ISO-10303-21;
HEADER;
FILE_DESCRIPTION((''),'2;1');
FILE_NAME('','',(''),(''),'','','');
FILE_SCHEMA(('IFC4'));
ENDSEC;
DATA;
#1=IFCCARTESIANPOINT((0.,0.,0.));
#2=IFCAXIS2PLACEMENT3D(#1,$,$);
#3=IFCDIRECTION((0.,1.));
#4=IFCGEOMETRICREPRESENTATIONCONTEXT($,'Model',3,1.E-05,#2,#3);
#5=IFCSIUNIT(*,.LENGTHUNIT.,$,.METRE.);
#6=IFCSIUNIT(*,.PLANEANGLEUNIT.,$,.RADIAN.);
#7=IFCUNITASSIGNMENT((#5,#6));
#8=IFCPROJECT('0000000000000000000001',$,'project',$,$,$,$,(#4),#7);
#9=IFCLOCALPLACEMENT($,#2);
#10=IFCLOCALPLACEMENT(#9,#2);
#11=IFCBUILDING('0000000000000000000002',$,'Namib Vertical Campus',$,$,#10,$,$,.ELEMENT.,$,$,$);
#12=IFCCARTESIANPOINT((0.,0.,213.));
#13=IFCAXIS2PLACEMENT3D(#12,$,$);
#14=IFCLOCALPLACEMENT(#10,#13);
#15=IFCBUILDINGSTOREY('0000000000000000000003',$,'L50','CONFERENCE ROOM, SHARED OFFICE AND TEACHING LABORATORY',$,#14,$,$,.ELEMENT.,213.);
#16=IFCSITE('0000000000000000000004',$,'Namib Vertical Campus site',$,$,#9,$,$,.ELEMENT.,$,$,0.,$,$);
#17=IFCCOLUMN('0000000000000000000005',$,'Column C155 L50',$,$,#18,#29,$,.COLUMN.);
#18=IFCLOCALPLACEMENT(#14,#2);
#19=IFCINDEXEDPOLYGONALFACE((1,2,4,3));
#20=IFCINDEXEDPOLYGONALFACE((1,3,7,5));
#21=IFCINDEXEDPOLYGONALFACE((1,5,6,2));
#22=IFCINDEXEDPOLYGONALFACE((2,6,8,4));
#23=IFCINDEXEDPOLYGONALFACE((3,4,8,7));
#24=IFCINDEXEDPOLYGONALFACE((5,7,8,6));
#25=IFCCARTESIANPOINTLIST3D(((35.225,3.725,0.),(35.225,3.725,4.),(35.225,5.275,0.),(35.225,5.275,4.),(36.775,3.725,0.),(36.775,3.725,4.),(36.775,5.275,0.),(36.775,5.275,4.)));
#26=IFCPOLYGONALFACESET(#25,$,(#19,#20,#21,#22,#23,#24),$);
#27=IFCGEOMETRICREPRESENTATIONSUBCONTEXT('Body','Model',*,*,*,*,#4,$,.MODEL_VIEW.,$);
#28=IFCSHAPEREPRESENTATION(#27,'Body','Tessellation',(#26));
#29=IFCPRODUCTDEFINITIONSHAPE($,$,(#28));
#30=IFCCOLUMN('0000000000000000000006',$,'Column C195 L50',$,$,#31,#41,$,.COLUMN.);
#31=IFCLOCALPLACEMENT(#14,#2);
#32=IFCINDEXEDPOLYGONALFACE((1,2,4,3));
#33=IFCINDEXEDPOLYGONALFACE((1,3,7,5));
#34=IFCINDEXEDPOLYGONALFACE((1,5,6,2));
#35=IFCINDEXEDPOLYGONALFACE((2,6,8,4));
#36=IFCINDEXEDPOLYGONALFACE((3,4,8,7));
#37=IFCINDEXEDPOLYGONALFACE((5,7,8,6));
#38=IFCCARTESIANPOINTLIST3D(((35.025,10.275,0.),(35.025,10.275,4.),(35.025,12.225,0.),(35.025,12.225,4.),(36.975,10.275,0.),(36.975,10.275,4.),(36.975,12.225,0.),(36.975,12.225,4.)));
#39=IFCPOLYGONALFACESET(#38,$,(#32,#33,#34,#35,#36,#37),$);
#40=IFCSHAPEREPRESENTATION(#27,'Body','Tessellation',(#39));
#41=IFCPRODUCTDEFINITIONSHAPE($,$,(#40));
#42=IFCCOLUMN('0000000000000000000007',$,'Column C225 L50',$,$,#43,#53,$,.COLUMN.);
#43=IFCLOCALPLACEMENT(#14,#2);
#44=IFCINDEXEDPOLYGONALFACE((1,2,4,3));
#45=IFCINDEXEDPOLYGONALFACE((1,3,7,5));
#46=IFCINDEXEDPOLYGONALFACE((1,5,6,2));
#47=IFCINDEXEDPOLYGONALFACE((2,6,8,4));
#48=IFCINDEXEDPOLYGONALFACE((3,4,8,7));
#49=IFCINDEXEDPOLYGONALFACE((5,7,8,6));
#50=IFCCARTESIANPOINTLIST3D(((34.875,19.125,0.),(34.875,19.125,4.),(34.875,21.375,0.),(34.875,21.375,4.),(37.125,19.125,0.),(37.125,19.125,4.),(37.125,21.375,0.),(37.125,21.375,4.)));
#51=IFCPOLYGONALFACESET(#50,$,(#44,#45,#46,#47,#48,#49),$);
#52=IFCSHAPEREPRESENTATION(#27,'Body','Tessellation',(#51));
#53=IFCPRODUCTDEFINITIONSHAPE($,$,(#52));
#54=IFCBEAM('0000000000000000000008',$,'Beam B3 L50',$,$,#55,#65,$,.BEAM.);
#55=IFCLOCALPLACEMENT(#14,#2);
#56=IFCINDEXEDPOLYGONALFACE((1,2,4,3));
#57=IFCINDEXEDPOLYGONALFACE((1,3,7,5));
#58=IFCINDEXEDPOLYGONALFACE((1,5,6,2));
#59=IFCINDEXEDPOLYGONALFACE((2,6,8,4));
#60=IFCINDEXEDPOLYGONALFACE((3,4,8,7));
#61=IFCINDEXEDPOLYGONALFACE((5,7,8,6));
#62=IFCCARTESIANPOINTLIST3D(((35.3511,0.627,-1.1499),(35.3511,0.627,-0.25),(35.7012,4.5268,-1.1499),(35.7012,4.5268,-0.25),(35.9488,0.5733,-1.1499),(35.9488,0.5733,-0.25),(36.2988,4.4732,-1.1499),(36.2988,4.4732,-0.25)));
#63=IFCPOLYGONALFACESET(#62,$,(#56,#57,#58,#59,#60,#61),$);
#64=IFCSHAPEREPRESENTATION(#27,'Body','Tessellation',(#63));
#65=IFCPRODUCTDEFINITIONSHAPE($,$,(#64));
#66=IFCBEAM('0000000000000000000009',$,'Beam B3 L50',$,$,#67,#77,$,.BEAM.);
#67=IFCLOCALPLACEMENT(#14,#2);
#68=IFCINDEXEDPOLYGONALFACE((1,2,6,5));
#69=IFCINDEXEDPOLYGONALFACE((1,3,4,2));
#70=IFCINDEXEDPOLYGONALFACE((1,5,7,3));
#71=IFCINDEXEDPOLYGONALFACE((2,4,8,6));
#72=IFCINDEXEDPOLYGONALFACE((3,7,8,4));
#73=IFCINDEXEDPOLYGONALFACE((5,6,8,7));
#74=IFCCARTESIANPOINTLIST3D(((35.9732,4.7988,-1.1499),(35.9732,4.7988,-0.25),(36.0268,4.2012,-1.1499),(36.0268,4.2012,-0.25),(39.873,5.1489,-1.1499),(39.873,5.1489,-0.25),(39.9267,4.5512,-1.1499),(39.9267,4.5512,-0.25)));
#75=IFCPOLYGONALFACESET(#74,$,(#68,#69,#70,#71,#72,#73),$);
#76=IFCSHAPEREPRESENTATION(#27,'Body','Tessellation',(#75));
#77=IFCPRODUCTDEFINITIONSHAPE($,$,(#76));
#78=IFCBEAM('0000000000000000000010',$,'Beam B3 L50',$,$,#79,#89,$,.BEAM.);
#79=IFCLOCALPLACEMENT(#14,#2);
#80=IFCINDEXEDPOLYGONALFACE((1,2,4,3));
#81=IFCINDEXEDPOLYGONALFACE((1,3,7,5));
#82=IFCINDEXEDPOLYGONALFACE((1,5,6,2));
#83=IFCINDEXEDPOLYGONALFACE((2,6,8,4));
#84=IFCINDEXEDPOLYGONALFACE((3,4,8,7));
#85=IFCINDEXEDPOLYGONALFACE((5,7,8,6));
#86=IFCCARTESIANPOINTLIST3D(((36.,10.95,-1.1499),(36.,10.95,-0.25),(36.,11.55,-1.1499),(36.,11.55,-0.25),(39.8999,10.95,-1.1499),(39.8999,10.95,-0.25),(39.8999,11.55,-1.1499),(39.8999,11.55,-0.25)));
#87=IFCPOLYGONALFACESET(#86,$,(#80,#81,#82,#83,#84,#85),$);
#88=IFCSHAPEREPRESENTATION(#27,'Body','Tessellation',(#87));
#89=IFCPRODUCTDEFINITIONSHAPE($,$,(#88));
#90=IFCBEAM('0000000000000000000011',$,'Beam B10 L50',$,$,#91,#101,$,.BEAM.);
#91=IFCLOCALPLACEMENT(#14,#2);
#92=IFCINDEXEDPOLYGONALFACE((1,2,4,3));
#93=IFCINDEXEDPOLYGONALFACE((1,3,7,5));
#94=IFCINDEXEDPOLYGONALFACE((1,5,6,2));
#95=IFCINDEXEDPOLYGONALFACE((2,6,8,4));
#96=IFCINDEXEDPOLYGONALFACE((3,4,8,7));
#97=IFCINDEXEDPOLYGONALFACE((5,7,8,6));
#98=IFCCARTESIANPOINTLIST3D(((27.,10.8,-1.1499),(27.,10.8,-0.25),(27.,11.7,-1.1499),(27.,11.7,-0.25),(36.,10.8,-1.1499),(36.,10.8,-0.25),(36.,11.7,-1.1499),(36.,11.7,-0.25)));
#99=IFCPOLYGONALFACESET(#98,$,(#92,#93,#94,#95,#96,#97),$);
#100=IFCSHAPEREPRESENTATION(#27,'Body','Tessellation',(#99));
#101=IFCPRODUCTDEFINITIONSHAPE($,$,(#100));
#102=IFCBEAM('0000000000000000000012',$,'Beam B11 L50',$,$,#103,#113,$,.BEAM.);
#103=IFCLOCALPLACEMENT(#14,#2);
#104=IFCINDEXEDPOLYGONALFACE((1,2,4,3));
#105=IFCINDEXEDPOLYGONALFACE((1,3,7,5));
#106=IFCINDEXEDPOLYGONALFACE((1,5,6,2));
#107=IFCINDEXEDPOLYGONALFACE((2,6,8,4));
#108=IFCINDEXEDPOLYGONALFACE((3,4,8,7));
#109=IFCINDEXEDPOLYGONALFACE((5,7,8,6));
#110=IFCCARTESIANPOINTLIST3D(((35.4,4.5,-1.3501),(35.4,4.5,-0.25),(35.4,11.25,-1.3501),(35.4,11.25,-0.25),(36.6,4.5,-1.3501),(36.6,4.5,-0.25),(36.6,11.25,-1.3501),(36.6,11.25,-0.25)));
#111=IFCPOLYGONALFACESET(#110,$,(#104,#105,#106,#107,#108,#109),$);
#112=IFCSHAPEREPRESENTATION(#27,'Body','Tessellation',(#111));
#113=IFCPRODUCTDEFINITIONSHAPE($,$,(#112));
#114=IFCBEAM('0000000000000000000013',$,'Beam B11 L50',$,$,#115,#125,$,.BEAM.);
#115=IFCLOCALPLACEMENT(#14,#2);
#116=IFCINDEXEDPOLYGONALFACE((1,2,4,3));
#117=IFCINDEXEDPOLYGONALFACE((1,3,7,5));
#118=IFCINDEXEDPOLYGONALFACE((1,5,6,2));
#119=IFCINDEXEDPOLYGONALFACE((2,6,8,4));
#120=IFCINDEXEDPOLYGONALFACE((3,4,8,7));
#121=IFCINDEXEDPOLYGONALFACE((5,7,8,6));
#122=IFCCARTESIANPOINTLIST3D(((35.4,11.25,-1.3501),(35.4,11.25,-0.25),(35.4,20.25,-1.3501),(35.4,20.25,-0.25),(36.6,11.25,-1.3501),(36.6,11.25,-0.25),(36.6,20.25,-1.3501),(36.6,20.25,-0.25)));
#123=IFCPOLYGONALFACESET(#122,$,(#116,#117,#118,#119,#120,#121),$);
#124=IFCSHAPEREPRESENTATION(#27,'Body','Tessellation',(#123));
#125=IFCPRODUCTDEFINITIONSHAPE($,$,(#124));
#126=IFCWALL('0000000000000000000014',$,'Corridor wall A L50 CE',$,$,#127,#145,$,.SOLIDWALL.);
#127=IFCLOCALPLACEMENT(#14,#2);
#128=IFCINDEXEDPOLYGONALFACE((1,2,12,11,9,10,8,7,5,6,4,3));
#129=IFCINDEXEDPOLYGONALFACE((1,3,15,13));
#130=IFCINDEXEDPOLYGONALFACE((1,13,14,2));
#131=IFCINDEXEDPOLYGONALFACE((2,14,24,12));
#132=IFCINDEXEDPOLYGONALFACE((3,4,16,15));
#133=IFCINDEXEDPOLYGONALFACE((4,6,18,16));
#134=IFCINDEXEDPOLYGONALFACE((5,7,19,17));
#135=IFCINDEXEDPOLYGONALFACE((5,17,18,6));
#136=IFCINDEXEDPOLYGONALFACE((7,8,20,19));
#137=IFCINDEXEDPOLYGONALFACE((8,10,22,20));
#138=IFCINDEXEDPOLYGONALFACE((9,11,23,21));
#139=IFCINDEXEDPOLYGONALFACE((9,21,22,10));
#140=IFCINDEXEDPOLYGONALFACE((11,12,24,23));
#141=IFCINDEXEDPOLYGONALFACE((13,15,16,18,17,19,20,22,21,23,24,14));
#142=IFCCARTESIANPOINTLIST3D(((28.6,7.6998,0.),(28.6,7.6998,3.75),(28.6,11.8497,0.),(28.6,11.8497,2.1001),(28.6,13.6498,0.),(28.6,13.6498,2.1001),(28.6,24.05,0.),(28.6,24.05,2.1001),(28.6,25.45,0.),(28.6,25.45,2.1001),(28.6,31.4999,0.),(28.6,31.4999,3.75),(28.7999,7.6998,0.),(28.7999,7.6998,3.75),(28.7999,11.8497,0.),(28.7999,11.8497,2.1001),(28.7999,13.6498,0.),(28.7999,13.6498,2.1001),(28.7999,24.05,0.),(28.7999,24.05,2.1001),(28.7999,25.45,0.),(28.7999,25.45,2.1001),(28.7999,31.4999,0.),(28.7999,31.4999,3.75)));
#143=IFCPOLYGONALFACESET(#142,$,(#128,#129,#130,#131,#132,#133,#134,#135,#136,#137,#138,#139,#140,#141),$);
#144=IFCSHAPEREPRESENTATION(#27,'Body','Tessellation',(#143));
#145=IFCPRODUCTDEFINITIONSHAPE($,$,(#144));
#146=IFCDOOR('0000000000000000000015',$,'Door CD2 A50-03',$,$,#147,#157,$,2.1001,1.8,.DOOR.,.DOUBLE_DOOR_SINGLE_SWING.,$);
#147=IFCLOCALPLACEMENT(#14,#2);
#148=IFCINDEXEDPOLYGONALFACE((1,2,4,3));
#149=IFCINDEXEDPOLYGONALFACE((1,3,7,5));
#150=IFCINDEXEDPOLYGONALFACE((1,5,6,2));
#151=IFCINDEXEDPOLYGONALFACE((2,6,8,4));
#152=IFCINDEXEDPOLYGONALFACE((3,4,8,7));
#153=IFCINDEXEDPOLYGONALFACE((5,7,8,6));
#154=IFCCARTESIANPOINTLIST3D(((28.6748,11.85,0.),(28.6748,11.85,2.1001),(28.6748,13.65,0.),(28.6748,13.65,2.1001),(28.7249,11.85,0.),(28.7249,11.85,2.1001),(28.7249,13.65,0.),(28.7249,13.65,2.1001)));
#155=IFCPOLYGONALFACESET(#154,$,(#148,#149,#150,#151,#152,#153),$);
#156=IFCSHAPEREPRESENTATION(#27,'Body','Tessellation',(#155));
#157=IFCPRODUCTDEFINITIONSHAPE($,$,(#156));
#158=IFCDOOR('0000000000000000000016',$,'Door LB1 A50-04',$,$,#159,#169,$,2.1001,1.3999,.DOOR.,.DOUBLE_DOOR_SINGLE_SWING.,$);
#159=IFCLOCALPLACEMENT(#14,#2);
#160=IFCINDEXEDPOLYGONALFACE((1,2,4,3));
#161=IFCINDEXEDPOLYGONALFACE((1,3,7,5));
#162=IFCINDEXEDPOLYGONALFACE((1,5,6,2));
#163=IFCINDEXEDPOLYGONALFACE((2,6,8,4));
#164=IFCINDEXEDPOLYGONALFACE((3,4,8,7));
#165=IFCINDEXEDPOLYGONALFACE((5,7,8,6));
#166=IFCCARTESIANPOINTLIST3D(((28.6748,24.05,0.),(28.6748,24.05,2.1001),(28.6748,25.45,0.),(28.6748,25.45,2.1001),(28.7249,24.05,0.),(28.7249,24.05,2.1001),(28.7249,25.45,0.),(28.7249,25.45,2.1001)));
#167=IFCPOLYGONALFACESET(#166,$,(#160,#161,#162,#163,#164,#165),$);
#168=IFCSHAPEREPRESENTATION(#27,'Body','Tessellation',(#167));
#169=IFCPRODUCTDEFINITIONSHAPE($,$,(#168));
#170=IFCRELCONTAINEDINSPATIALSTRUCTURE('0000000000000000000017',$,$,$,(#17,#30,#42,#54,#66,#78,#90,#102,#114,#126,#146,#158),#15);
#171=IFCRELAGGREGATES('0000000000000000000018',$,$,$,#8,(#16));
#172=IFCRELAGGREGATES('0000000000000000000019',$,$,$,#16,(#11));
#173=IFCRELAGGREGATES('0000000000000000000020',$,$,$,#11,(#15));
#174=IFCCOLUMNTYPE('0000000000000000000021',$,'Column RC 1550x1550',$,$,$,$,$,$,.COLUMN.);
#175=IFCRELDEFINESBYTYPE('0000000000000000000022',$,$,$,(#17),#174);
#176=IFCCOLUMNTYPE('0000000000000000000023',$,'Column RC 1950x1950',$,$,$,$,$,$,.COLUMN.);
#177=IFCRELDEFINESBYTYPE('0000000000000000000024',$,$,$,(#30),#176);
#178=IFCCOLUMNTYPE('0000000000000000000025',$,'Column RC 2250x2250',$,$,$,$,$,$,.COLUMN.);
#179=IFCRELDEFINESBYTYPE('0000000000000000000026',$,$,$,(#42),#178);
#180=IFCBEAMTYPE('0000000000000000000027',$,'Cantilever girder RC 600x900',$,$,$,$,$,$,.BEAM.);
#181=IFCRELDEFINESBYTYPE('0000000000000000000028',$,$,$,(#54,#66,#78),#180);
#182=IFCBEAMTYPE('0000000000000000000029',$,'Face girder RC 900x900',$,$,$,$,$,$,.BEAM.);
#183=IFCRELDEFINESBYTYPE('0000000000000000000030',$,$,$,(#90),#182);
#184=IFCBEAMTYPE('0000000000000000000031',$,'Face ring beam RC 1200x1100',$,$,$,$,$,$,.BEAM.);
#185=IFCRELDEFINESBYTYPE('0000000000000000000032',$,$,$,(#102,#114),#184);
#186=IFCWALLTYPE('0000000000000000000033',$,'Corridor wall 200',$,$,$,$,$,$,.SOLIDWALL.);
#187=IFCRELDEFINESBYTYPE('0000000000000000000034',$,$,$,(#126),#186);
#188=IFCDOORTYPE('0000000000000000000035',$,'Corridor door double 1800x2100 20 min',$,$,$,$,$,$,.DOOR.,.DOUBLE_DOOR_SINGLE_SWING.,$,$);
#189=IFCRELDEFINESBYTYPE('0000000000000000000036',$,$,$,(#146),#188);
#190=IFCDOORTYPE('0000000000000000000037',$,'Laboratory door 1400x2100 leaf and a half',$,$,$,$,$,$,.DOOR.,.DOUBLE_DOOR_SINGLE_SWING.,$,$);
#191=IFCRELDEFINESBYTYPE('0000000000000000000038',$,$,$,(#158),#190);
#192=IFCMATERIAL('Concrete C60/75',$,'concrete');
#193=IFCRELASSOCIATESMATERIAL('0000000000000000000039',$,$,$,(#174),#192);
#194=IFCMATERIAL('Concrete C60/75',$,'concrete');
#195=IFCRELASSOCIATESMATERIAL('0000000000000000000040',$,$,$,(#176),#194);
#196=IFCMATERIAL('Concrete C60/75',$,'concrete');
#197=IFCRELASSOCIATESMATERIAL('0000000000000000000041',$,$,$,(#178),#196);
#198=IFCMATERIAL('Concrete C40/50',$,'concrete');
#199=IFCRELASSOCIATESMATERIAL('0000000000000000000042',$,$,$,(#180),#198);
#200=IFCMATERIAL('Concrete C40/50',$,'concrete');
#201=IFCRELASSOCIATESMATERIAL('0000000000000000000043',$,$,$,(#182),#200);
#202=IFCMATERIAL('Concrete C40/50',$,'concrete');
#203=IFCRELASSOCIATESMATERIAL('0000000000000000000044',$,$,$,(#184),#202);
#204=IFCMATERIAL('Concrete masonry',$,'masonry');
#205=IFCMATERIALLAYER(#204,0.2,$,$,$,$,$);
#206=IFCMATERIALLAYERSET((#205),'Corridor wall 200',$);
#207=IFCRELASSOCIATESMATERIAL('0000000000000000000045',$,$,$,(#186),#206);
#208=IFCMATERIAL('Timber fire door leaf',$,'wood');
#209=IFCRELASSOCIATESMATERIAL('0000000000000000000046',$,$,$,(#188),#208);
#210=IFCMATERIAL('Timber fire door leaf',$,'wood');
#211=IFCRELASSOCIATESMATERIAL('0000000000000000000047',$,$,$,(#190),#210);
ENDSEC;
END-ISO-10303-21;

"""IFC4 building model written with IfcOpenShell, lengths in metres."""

from ifc_helpers import new_model, si_unit, direction, frame, frame_2d, origin, origin_2d, place, context, subcontext, project, spatial, rectangle, extrude, material, layer, layer_set, material_profile, profile_set, type_object, element, fill, save


model = new_model("IFC4")

# Units and contexts
model_context = context("Model", 3, precision=1e-05, world=origin(), true_north=direction((0.0, 1.0)))
body_context = subcontext(model_context, "Body", "Model", "MODEL_VIEW")
ifc_project = project(units=[si_unit("LENGTHUNIT", "METRE"), si_unit("PLANEANGLEUNIT", "RADIAN")], contexts=[model_context])

# Site, building, storey
site_placement = place(None, origin())
site = spatial("IfcSite", under=ifc_project, at=site_placement, Name="Namib Vertical Campus site", CompositionType="ELEMENT", RefElevation=0.0)
building_placement = place(site_placement, origin())
building = spatial("IfcBuilding", under=site, at=building_placement, Name="Namib Vertical Campus", CompositionType="ELEMENT")
storey_placement = place(building_placement, frame((0.0, 0.0, 213.0)))
storey = spatial("IfcBuildingStorey", under=building, at=storey_placement, Name="L50", Description="CONFERENCE ROOM, SHARED OFFICE AND TEACHING LABORATORY", CompositionType="ELEMENT", Elevation=213.0)

# Columns
ifc_material_1 = material(Name="Concrete C60/75", Category="concrete")
ifc_material_profile_1 = material_profile(ifc_material_1, rectangle(XDim=1.55, YDim=1.55, at=origin_2d()))
ifc_profile_set_1 = profile_set([ifc_material_profile_1], Name="Concrete C60/75")
column_type_1 = type_object("IfcColumnType", Name="Column RC 1550x1550", PredefinedType="COLUMN", material=ifc_profile_set_1)
column_1_placement = place(storey_placement, frame((36.0, 4.5, 0.0), z_axis=(0.0, 0.0, 1.0), x_axis=(1.0, 0.0, 0.0)))
element("IfcColumn", 1, at=column_1_placement, inside=storey, type_object=column_type_1, Name="Column C155 L50", PredefinedType="COLUMN", context=body_context, shape_type="SweptSolid", body=[
    extrude(rectangle(XDim=1.55, YDim=1.55, at=origin_2d()), origin(), (0.0, 0.0, 1.0), 4.0),
])
ifc_material_2 = material(Name="Concrete C60/75", Category="concrete")
ifc_material_profile_2 = material_profile(ifc_material_2, rectangle(XDim=1.95, YDim=1.95, at=origin_2d()))
ifc_profile_set_2 = profile_set([ifc_material_profile_2], Name="Concrete C60/75")
column_type_2 = type_object("IfcColumnType", Name="Column RC 1950x1950", PredefinedType="COLUMN", material=ifc_profile_set_2)
column_2_placement = place(storey_placement, frame((36.0, 11.25, 0.0), z_axis=(0.0, 0.0, 1.0), x_axis=(1.0, 0.0, 0.0)))
element("IfcColumn", 2, at=column_2_placement, inside=storey, type_object=column_type_2, Name="Column C195 L50", PredefinedType="COLUMN", context=body_context, shape_type="SweptSolid", body=[
    extrude(rectangle(XDim=1.95, YDim=1.95, at=origin_2d()), origin(), (0.0, 0.0, 1.0), 4.0),
])
ifc_material_3 = material(Name="Concrete C60/75", Category="concrete")
ifc_material_profile_3 = material_profile(ifc_material_3, rectangle(XDim=2.25, YDim=2.25, at=origin_2d()))
ifc_profile_set_3 = profile_set([ifc_material_profile_3], Name="Concrete C60/75")
column_type_3 = type_object("IfcColumnType", Name="Column RC 2250x2250", PredefinedType="COLUMN", material=ifc_profile_set_3)
column_3_placement = place(storey_placement, frame((36.0, 20.25, 0.0), z_axis=(0.0, 0.0, 1.0), x_axis=(1.0, 0.0, 0.0)))
element("IfcColumn", 3, at=column_3_placement, inside=storey, type_object=column_type_3, Name="Column C225 L50", PredefinedType="COLUMN", context=body_context, shape_type="SweptSolid", body=[
    extrude(rectangle(XDim=2.25, YDim=2.25, at=origin_2d()), origin(), (0.0, 0.0, 1.0), 4.0),
])

# Beams
ifc_material_4 = material(Name="Concrete C40/50", Category="concrete")
ifc_material_profile_4 = material_profile(ifc_material_4, rectangle(XDim=0.6001, YDim=0.8999, at=origin_2d()))
ifc_profile_set_4 = profile_set([ifc_material_profile_4], Name="Concrete C40/50")
beam_type_1 = type_object("IfcBeamType", Name="Cantilever girder RC 600x900", PredefinedType="BEAM", material=ifc_profile_set_4)
for number, where, z_axis, x_axis, name in (
    (4, (36.0, 4.5, -0.7), (-0.089411, -0.995995, 0.0), (0.995995, -0.089411, 0.0), "Beam B3 L50"),
    (5, (36.0, 4.5, -0.7), (0.995995, 0.089411, 0.0), (-0.089411, 0.995995, 0.0), "Beam B3 L50"),
):
    element("IfcBeam", number, at=place(storey_placement, frame(where, z_axis=z_axis, x_axis=x_axis)), inside=storey, type_object=beam_type_1, Name=name, PredefinedType="BEAM", context=body_context, shape_type="SweptSolid", body=[
        extrude(rectangle(XDim=0.6001, YDim=0.8999, at=origin_2d()), origin(), (0.0, 0.0, 1.0), 3.9155),
    ])
beam_1_placement = place(storey_placement, frame((36.0, 11.25, -0.7), z_axis=(1.0, 0.0, 0.0), x_axis=(0.0, 1.0, 0.0)))
element("IfcBeam", 6, at=beam_1_placement, inside=storey, type_object=beam_type_1, Name="Beam B3 L50", PredefinedType="BEAM", context=body_context, shape_type="SweptSolid", body=[
    extrude(rectangle(XDim=0.6001, YDim=0.8999, at=origin_2d()), origin(), (0.0, 0.0, 1.0), 3.8999),
])
ifc_material_5 = material(Name="Concrete C40/50", Category="concrete")
ifc_material_profile_5 = material_profile(ifc_material_5, rectangle(XDim=0.8999, YDim=0.8999, at=origin_2d()))
ifc_profile_set_5 = profile_set([ifc_material_profile_5], Name="Concrete C40/50")
beam_type_2 = type_object("IfcBeamType", Name="Face girder RC 900x900", PredefinedType="BEAM", material=ifc_profile_set_5)
beam_2_placement = place(storey_placement, frame((36.0, 11.25, -0.7), z_axis=(-1.0, 0.0, 0.0), x_axis=(0.0, -1.0, 0.0)))
element("IfcBeam", 7, at=beam_2_placement, inside=storey, type_object=beam_type_2, Name="Beam B10 L50", PredefinedType="BEAM", context=body_context, shape_type="SweptSolid", body=[
    extrude(rectangle(XDim=0.8999, YDim=0.8999, at=origin_2d()), origin(), (0.0, 0.0, 1.0), 9.0),
])
ifc_material_6 = material(Name="Concrete C40/50", Category="concrete")
ifc_material_profile_6 = material_profile(ifc_material_6, rectangle(XDim=1.2, YDim=1.1001, at=origin_2d()))
ifc_profile_set_6 = profile_set([ifc_material_profile_6], Name="Concrete C40/50")
beam_type_3 = type_object("IfcBeamType", Name="Face ring beam RC 1200x1100", PredefinedType="BEAM", material=ifc_profile_set_6)
beam_3_placement = place(storey_placement, frame((36.0, 4.5, -0.8), z_axis=(0.0, 1.0, 0.0), x_axis=(-1.0, 0.0, 0.0)))
element("IfcBeam", 8, at=beam_3_placement, inside=storey, type_object=beam_type_3, Name="Beam B11 L50", PredefinedType="BEAM", context=body_context, shape_type="SweptSolid", body=[
    extrude(rectangle(XDim=1.2, YDim=1.1001, at=origin_2d()), origin(), (0.0, 0.0, 1.0), 6.75),
])
beam_4_placement = place(storey_placement, frame((36.0, 11.25, -0.8), z_axis=(0.0, 1.0, 0.0), x_axis=(-1.0, 0.0, 0.0)))
element("IfcBeam", 9, at=beam_4_placement, inside=storey, type_object=beam_type_3, Name="Beam B11 L50", PredefinedType="BEAM", context=body_context, shape_type="SweptSolid", body=[
    extrude(rectangle(XDim=1.2, YDim=1.1001, at=origin_2d()), origin(), (0.0, 0.0, 1.0), 9.0),
])

# Wall, openings, doors
ifc_material_7 = material(Name="Concrete masonry", Category="masonry")
ifc_layer_1 = layer(ifc_material_7, 0.2)
ifc_layer_set_1 = layer_set([ifc_layer_1], Name="Corridor wall 200")
wall_type_1 = type_object("IfcWallType", Name="Corridor wall 200", PredefinedType="SOLIDWALL", material=ifc_layer_set_1)
wall_1_placement = place(storey_placement, frame((28.7, 7.7, 0.0), z_axis=(0.0, 0.0, 1.0), x_axis=(0.0, 1.0, 0.0)))
wall_1 = element("IfcWall", 10, at=wall_1_placement, inside=storey, type_object=wall_type_1, Name="Corridor wall A L50 CE", PredefinedType="SOLIDWALL", context=body_context, shape_type="SweptSolid", body=[
    extrude(rectangle(XDim=23.8, YDim=0.2, at=frame_2d((11.8999, 0.0))), origin(), (0.0, 0.0, 1.0), 3.75),
])
opening_1_placement = place(wall_1_placement, frame((4.1499, 0.0, 0.0)))
opening_1 = element("IfcOpeningElement", 11, at=opening_1_placement, cuts=wall_1, PredefinedType="OPENING", context=body_context, shape_type="SweptSolid", body=[
    extrude(rectangle(XDim=1.8, YDim=2.1001, at=frame_2d((0.8999, 1.05))), frame((0.0, 0.1099, 0.0), z_axis=(0.0, -1.0, 0.0), x_axis=(1.0, 0.0, 0.0)), (0.0, 0.0, 1.0), 0.22),
])
opening_2_placement = place(wall_1_placement, frame((16.3501, 0.0, 0.0)))
opening_2 = element("IfcOpeningElement", 12, at=opening_2_placement, cuts=wall_1, PredefinedType="OPENING", context=body_context, shape_type="SweptSolid", body=[
    extrude(rectangle(XDim=1.3999, YDim=2.1001, at=frame_2d((0.7, 1.05))), frame((0.0, 0.1099, 0.0), z_axis=(0.0, -1.0, 0.0), x_axis=(1.0, 0.0, 0.0)), (0.0, 0.0, 1.0), 0.22),
])
ifc_material_8 = material(Name="Timber fire door leaf", Category="wood")
door_type_1 = type_object("IfcDoorType", Name="Corridor door double 1800x2100 20 min", OperationType="DOUBLE_DOOR_SINGLE_SWING", PredefinedType="DOOR", material=ifc_material_8)
door_1_placement = place(opening_1_placement, frame((1.8, 0.0, 0.0), z_axis=(0.0, 0.0, 1.0), x_axis=(-1.0, 0.0, 0.0)))
door_1 = element("IfcDoor", 13, at=door_1_placement, inside=storey, type_object=door_type_1, Name="Door CD2 A50-03", OperationType="DOUBLE_DOOR_SINGLE_SWING", OverallHeight=2.1001, OverallWidth=1.8, PredefinedType="DOOR", context=body_context, shape_type="SweptSolid", body=[
    extrude(rectangle(XDim=1.8, YDim=2.1001, at=frame_2d((0.8999, 1.05))), frame((0.0, 0.0249, 0.0), z_axis=(0.0, -1.0, 0.0), x_axis=(1.0, 0.0, 0.0)), (0.0, 0.0, 1.0), 0.05),
])
fill(opening_1, door_1)
ifc_material_9 = material(Name="Timber fire door leaf", Category="wood")
door_type_2 = type_object("IfcDoorType", Name="Laboratory door 1400x2100 leaf and a half", OperationType="DOUBLE_DOOR_SINGLE_SWING", PredefinedType="DOOR", material=ifc_material_9)
door_2_placement = place(opening_2_placement, frame((1.3999, 0.0, 0.0), z_axis=(0.0, 0.0, 1.0), x_axis=(-1.0, 0.0, 0.0)))
door_2 = element("IfcDoor", 14, at=door_2_placement, inside=storey, type_object=door_type_2, Name="Door LB1 A50-04", OperationType="DOUBLE_DOOR_SINGLE_SWING", OverallHeight=2.1001, OverallWidth=1.3999, PredefinedType="DOOR", context=body_context, shape_type="SweptSolid", body=[
    extrude(rectangle(XDim=1.3999, YDim=2.1001, at=frame_2d((0.7, 1.05))), frame((0.0, 0.0249, 0.0), z_axis=(0.0, -1.0, 0.0), x_axis=(1.0, 0.0, 0.0)), (0.0, 0.0, 1.0), 0.05),
])
fill(opening_2, door_2)

save(model, "model.ifc")
